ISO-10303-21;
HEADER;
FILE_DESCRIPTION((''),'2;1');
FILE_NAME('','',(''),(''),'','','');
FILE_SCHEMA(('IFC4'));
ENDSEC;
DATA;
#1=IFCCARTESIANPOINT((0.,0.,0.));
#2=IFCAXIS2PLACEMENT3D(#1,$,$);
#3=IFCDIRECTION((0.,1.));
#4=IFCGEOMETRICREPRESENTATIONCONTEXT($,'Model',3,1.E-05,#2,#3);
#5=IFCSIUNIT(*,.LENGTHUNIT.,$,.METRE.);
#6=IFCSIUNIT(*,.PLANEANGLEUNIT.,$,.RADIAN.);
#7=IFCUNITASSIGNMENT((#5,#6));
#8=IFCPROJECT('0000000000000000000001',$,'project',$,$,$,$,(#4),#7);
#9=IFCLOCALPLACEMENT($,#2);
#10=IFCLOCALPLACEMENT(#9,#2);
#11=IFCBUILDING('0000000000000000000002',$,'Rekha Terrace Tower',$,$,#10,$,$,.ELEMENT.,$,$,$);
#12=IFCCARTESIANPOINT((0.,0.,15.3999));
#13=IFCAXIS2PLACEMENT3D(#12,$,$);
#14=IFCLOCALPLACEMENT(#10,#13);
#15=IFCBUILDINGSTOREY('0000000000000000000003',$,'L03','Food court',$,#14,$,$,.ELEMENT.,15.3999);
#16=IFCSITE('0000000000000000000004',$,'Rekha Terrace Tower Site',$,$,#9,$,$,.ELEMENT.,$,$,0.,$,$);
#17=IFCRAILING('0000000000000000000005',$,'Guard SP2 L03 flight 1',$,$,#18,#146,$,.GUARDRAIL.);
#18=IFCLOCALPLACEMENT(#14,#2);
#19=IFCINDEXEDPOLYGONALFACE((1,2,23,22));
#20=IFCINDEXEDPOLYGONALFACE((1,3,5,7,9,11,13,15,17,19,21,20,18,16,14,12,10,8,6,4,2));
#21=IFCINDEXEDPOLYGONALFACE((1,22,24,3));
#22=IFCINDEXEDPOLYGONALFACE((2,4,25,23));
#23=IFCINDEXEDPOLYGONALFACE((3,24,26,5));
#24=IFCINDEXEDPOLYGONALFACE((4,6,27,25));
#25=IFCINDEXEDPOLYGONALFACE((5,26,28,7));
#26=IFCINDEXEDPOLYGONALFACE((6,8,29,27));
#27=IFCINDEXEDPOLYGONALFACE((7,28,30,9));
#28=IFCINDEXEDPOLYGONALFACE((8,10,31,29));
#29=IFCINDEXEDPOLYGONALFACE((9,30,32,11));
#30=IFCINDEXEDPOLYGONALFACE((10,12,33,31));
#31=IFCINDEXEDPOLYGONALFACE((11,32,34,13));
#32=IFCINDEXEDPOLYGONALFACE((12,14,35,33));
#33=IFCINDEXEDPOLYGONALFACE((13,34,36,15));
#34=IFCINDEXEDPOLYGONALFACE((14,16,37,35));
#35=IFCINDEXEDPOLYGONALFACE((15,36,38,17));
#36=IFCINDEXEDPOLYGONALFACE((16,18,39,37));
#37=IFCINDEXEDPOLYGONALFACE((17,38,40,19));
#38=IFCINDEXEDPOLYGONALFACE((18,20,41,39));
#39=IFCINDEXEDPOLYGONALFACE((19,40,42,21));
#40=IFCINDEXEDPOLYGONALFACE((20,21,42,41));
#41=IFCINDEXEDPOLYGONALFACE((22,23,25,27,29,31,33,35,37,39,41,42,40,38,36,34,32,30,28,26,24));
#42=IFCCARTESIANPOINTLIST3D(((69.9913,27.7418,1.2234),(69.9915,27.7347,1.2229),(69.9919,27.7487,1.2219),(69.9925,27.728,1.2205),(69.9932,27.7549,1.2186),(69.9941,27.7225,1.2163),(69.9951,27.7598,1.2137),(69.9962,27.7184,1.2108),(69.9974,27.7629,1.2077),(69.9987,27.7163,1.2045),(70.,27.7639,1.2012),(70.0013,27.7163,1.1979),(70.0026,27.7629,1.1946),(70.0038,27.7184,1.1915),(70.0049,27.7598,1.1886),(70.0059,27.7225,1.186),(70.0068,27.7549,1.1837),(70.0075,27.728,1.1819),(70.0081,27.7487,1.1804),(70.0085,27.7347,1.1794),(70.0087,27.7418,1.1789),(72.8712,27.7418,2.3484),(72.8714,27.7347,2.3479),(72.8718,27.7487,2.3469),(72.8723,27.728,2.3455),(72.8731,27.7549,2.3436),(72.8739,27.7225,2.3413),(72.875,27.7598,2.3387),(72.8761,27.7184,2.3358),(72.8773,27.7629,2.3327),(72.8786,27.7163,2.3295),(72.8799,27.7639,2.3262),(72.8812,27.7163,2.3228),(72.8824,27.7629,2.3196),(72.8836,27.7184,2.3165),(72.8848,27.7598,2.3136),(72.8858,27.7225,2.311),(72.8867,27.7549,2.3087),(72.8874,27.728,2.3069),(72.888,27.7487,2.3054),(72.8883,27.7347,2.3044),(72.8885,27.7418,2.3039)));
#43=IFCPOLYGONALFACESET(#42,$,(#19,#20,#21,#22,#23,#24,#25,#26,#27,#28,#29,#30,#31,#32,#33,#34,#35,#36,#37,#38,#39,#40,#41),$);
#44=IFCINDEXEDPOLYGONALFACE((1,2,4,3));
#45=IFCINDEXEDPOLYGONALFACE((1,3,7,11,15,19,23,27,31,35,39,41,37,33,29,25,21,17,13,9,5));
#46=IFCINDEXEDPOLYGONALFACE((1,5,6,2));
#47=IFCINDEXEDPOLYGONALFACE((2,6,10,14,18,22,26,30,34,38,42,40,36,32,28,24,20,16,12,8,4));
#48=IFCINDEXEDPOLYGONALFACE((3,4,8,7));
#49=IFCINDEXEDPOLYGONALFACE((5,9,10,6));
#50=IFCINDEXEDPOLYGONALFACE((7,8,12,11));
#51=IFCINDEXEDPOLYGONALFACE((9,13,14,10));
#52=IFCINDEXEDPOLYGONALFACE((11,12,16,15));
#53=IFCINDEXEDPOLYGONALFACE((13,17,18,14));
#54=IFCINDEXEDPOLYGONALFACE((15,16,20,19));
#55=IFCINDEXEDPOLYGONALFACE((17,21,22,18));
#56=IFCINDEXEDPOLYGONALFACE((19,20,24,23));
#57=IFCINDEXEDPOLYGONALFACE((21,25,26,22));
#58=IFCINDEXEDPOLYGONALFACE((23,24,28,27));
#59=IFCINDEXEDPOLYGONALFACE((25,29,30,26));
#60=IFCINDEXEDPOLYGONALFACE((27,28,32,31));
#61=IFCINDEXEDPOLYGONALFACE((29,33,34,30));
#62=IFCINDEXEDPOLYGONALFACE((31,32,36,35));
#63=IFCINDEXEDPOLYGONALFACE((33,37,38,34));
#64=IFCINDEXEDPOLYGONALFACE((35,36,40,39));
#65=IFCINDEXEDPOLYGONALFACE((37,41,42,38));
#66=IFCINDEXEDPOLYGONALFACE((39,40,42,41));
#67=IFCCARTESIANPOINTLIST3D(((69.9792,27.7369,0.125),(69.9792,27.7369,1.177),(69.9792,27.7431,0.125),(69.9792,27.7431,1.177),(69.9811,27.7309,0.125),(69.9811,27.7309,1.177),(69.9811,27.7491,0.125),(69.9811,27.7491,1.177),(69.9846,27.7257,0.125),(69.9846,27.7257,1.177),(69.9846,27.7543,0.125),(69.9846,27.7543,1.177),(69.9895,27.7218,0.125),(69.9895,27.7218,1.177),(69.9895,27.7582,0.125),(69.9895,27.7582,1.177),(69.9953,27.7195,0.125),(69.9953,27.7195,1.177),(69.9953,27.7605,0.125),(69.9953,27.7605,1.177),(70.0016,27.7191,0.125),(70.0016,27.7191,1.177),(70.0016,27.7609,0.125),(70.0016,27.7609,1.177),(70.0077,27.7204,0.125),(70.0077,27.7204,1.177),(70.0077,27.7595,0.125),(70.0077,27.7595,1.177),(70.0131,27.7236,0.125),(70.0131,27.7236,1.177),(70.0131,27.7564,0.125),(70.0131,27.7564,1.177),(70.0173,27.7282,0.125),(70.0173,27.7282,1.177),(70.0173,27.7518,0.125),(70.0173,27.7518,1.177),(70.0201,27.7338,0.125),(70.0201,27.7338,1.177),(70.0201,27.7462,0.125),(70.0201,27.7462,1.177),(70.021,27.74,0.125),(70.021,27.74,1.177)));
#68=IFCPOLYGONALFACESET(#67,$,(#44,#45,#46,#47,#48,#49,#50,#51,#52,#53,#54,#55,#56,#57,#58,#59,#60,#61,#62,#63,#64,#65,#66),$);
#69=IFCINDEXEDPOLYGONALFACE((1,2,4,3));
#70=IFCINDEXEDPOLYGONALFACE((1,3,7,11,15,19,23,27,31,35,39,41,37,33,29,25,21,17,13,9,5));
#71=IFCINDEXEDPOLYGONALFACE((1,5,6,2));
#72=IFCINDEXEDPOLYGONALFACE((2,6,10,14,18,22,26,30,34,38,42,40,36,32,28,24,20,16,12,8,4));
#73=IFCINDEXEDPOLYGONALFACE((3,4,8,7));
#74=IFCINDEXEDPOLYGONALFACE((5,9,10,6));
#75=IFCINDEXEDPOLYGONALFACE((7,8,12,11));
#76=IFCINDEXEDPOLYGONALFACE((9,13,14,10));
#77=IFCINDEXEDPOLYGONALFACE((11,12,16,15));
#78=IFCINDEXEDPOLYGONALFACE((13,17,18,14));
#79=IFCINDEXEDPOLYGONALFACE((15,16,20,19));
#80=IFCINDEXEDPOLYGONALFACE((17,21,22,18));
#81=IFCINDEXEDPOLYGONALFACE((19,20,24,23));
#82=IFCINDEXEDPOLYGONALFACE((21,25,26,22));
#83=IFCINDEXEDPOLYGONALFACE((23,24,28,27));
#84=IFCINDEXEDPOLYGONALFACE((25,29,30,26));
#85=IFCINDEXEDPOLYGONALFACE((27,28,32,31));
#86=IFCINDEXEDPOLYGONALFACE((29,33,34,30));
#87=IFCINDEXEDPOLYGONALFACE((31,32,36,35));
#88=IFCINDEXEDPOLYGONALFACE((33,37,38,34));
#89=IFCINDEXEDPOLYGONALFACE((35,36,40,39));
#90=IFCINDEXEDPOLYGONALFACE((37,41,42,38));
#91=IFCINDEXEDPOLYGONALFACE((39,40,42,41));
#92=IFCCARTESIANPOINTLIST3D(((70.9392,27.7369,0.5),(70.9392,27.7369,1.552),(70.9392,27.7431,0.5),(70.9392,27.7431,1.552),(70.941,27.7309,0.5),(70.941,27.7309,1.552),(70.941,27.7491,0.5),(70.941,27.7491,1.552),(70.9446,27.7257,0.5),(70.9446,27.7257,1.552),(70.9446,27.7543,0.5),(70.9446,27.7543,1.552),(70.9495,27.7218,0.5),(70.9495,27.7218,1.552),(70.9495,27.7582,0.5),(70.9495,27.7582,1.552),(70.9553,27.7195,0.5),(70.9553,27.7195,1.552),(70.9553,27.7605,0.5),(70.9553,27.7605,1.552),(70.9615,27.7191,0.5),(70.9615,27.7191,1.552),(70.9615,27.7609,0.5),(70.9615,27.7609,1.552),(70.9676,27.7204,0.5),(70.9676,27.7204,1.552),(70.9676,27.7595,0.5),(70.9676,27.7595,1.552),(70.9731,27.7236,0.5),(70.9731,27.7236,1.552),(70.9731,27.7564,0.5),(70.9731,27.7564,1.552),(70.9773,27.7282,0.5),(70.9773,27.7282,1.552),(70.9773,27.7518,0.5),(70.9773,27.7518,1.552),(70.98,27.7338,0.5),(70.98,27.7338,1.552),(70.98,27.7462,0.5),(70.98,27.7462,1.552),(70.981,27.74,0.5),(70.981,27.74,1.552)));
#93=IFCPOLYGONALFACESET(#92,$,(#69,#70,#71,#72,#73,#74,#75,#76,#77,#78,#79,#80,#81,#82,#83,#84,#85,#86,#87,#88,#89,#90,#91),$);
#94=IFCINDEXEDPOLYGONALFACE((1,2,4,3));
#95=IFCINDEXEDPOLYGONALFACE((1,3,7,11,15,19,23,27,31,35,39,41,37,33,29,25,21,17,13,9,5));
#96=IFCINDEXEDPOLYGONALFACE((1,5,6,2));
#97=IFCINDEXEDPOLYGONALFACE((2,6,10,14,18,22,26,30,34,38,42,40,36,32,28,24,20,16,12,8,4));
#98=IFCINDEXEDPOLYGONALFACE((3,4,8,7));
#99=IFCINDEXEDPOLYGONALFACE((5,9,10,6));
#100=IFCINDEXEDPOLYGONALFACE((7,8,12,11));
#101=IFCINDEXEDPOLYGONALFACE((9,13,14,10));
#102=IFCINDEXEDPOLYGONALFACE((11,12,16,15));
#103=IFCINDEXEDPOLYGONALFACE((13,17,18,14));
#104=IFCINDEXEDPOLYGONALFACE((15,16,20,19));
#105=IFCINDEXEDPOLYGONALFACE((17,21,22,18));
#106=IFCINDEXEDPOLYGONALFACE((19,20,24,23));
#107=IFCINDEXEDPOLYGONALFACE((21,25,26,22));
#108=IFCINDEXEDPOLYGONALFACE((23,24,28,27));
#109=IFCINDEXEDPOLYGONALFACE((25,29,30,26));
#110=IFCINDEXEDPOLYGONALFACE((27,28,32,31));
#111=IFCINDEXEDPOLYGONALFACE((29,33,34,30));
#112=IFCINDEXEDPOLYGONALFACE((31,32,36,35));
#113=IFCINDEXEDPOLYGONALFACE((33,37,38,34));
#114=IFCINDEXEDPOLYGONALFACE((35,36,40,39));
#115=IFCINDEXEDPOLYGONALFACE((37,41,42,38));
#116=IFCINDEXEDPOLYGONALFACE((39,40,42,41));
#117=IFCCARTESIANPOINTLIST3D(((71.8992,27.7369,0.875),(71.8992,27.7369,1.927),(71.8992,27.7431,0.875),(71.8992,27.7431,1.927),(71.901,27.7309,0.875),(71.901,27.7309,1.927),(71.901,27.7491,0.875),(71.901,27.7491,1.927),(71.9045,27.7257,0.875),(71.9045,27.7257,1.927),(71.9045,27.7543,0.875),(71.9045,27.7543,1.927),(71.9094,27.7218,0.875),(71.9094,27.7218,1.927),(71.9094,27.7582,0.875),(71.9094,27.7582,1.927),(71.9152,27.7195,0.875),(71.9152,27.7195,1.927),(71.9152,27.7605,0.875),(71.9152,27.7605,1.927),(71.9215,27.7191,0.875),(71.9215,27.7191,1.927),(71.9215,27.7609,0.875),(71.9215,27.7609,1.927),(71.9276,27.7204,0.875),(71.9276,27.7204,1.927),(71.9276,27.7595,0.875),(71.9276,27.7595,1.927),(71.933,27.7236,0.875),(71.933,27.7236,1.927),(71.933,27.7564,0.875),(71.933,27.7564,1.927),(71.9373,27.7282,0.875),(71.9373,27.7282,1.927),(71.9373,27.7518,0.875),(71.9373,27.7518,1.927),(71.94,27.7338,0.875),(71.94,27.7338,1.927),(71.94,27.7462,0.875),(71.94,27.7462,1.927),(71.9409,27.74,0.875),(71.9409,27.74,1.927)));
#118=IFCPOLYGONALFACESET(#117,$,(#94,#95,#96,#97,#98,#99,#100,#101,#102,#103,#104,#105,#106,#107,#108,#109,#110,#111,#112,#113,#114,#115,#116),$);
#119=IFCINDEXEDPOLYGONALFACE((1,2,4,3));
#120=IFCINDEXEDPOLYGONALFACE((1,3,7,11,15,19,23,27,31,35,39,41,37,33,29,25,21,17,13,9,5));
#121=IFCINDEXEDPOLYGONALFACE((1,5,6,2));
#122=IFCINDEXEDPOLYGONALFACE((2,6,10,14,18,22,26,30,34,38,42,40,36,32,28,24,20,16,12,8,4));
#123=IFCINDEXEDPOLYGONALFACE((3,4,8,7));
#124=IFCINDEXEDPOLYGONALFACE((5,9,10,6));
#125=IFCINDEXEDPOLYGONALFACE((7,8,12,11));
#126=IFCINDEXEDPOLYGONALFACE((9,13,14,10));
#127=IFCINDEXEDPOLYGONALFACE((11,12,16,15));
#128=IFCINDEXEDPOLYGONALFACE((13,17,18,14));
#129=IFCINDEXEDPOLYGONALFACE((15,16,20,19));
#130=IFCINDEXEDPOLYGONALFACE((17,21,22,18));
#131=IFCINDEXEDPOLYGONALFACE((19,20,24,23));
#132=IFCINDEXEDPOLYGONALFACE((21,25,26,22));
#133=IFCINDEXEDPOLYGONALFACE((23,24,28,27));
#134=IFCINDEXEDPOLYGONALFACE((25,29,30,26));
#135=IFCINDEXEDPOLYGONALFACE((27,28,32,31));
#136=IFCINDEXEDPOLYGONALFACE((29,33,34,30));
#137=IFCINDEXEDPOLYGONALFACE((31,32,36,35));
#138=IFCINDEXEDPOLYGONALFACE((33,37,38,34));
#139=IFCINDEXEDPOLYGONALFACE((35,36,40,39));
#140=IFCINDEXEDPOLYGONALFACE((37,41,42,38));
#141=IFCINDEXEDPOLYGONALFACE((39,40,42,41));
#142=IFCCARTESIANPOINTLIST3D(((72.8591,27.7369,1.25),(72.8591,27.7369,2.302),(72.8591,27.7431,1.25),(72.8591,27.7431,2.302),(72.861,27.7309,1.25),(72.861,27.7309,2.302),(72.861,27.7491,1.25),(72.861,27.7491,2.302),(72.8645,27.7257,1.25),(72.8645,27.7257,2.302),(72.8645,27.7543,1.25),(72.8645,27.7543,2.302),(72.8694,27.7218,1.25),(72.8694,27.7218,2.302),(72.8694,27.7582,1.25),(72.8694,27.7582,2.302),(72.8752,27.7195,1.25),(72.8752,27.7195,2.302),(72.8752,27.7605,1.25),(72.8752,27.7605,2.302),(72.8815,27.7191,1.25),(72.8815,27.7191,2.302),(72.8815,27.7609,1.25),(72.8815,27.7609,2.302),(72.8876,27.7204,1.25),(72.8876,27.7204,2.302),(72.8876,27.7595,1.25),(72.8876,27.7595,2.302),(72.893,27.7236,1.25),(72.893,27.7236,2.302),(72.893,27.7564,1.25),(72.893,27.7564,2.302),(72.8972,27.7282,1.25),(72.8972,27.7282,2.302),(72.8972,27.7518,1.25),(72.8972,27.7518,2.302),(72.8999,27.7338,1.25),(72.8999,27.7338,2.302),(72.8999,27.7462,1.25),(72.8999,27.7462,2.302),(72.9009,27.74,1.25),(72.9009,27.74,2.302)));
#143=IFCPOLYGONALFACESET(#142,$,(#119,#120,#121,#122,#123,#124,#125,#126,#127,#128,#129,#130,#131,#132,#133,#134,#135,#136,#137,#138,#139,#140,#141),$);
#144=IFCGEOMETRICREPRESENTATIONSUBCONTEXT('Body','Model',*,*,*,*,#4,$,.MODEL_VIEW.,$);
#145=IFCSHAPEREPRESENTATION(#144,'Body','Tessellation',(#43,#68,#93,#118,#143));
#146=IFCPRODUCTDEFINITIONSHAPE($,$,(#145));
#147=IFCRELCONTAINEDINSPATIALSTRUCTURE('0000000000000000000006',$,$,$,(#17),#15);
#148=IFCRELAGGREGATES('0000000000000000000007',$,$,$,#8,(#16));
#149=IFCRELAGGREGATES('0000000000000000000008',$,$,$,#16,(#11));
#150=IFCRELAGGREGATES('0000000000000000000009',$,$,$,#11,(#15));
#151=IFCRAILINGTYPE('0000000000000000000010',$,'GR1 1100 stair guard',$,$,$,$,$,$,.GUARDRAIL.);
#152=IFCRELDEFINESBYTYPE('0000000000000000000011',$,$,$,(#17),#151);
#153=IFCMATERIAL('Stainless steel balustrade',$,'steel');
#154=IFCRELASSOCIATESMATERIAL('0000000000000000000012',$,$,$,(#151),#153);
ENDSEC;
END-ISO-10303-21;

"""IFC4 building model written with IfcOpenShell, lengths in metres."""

from ifc_helpers import new_model, si_unit, direction, frame, origin, origin_2d, place, context, subcontext, project, spatial, circle, extrude, material, type_object, element, save


model = new_model("IFC4")

# Units and contexts
model_context = context("Model", 3, precision=1e-05, world=origin(), true_north=direction((0.0, 1.0)))
body_context = subcontext(model_context, "Body", "Model", "MODEL_VIEW")
ifc_project = project(units=[si_unit("LENGTHUNIT", "METRE"), si_unit("PLANEANGLEUNIT", "RADIAN")], contexts=[model_context])

# Site, building, storey
site_placement = place(None, origin())
site = spatial("IfcSite", under=ifc_project, at=site_placement, Name="Rekha Terrace Tower Site", CompositionType="ELEMENT", RefElevation=0.0)
building_placement = place(site_placement, origin())
building = spatial("IfcBuilding", under=site, at=building_placement, Name="Rekha Terrace Tower", CompositionType="ELEMENT")
storey_placement = place(building_placement, frame((0.0, 0.0, 15.3999)))
storey = spatial("IfcBuildingStorey", under=building, at=storey_placement, Name="L03", Description="Food court", CompositionType="ELEMENT", Elevation=15.3999)

# Railing
ifc_material_1 = material(Name="Stainless steel balustrade", Category="steel")
railing_type_1 = type_object("IfcRailingType", Name="GR1 1100 stair guard", PredefinedType="GUARDRAIL", material=ifc_material_1)
railing_1_placement = place(storey_placement, frame((70.0, 27.74, 0.125)))
element("IfcRailing", 1, at=railing_1_placement, inside=storey, type_object=railing_type_1, Name="Guard SP2 L03 flight 1", PredefinedType="GUARDRAIL", context=body_context, shape_type="SweptSolid", body=[
    extrude(circle(Radius=0.0239, at=origin_2d()), frame((0.0, 0.0, 1.0762), z_axis=(0.931452, 0.0, 0.363863), x_axis=(0.0, 1.0, 0.0)), (0.0, 0.0, 1.0), 3.0918),
    extrude(circle(Radius=0.021, at=origin_2d()), origin(), (0.0, 0.0, 1.0), 1.052),
    extrude(circle(Radius=0.021, at=origin_2d()), frame((0.96, 0.0, 0.375)), (0.0, 0.0, 1.0), 1.052),
    extrude(circle(Radius=0.021, at=origin_2d()), frame((1.9199, 0.0, 0.75)), (0.0, 0.0, 1.0), 1.052),
    extrude(circle(Radius=0.021, at=origin_2d()), frame((2.8799, 0.0, 1.125)), (0.0, 0.0, 1.0), 1.052),
])

save(model, "model.ifc")
